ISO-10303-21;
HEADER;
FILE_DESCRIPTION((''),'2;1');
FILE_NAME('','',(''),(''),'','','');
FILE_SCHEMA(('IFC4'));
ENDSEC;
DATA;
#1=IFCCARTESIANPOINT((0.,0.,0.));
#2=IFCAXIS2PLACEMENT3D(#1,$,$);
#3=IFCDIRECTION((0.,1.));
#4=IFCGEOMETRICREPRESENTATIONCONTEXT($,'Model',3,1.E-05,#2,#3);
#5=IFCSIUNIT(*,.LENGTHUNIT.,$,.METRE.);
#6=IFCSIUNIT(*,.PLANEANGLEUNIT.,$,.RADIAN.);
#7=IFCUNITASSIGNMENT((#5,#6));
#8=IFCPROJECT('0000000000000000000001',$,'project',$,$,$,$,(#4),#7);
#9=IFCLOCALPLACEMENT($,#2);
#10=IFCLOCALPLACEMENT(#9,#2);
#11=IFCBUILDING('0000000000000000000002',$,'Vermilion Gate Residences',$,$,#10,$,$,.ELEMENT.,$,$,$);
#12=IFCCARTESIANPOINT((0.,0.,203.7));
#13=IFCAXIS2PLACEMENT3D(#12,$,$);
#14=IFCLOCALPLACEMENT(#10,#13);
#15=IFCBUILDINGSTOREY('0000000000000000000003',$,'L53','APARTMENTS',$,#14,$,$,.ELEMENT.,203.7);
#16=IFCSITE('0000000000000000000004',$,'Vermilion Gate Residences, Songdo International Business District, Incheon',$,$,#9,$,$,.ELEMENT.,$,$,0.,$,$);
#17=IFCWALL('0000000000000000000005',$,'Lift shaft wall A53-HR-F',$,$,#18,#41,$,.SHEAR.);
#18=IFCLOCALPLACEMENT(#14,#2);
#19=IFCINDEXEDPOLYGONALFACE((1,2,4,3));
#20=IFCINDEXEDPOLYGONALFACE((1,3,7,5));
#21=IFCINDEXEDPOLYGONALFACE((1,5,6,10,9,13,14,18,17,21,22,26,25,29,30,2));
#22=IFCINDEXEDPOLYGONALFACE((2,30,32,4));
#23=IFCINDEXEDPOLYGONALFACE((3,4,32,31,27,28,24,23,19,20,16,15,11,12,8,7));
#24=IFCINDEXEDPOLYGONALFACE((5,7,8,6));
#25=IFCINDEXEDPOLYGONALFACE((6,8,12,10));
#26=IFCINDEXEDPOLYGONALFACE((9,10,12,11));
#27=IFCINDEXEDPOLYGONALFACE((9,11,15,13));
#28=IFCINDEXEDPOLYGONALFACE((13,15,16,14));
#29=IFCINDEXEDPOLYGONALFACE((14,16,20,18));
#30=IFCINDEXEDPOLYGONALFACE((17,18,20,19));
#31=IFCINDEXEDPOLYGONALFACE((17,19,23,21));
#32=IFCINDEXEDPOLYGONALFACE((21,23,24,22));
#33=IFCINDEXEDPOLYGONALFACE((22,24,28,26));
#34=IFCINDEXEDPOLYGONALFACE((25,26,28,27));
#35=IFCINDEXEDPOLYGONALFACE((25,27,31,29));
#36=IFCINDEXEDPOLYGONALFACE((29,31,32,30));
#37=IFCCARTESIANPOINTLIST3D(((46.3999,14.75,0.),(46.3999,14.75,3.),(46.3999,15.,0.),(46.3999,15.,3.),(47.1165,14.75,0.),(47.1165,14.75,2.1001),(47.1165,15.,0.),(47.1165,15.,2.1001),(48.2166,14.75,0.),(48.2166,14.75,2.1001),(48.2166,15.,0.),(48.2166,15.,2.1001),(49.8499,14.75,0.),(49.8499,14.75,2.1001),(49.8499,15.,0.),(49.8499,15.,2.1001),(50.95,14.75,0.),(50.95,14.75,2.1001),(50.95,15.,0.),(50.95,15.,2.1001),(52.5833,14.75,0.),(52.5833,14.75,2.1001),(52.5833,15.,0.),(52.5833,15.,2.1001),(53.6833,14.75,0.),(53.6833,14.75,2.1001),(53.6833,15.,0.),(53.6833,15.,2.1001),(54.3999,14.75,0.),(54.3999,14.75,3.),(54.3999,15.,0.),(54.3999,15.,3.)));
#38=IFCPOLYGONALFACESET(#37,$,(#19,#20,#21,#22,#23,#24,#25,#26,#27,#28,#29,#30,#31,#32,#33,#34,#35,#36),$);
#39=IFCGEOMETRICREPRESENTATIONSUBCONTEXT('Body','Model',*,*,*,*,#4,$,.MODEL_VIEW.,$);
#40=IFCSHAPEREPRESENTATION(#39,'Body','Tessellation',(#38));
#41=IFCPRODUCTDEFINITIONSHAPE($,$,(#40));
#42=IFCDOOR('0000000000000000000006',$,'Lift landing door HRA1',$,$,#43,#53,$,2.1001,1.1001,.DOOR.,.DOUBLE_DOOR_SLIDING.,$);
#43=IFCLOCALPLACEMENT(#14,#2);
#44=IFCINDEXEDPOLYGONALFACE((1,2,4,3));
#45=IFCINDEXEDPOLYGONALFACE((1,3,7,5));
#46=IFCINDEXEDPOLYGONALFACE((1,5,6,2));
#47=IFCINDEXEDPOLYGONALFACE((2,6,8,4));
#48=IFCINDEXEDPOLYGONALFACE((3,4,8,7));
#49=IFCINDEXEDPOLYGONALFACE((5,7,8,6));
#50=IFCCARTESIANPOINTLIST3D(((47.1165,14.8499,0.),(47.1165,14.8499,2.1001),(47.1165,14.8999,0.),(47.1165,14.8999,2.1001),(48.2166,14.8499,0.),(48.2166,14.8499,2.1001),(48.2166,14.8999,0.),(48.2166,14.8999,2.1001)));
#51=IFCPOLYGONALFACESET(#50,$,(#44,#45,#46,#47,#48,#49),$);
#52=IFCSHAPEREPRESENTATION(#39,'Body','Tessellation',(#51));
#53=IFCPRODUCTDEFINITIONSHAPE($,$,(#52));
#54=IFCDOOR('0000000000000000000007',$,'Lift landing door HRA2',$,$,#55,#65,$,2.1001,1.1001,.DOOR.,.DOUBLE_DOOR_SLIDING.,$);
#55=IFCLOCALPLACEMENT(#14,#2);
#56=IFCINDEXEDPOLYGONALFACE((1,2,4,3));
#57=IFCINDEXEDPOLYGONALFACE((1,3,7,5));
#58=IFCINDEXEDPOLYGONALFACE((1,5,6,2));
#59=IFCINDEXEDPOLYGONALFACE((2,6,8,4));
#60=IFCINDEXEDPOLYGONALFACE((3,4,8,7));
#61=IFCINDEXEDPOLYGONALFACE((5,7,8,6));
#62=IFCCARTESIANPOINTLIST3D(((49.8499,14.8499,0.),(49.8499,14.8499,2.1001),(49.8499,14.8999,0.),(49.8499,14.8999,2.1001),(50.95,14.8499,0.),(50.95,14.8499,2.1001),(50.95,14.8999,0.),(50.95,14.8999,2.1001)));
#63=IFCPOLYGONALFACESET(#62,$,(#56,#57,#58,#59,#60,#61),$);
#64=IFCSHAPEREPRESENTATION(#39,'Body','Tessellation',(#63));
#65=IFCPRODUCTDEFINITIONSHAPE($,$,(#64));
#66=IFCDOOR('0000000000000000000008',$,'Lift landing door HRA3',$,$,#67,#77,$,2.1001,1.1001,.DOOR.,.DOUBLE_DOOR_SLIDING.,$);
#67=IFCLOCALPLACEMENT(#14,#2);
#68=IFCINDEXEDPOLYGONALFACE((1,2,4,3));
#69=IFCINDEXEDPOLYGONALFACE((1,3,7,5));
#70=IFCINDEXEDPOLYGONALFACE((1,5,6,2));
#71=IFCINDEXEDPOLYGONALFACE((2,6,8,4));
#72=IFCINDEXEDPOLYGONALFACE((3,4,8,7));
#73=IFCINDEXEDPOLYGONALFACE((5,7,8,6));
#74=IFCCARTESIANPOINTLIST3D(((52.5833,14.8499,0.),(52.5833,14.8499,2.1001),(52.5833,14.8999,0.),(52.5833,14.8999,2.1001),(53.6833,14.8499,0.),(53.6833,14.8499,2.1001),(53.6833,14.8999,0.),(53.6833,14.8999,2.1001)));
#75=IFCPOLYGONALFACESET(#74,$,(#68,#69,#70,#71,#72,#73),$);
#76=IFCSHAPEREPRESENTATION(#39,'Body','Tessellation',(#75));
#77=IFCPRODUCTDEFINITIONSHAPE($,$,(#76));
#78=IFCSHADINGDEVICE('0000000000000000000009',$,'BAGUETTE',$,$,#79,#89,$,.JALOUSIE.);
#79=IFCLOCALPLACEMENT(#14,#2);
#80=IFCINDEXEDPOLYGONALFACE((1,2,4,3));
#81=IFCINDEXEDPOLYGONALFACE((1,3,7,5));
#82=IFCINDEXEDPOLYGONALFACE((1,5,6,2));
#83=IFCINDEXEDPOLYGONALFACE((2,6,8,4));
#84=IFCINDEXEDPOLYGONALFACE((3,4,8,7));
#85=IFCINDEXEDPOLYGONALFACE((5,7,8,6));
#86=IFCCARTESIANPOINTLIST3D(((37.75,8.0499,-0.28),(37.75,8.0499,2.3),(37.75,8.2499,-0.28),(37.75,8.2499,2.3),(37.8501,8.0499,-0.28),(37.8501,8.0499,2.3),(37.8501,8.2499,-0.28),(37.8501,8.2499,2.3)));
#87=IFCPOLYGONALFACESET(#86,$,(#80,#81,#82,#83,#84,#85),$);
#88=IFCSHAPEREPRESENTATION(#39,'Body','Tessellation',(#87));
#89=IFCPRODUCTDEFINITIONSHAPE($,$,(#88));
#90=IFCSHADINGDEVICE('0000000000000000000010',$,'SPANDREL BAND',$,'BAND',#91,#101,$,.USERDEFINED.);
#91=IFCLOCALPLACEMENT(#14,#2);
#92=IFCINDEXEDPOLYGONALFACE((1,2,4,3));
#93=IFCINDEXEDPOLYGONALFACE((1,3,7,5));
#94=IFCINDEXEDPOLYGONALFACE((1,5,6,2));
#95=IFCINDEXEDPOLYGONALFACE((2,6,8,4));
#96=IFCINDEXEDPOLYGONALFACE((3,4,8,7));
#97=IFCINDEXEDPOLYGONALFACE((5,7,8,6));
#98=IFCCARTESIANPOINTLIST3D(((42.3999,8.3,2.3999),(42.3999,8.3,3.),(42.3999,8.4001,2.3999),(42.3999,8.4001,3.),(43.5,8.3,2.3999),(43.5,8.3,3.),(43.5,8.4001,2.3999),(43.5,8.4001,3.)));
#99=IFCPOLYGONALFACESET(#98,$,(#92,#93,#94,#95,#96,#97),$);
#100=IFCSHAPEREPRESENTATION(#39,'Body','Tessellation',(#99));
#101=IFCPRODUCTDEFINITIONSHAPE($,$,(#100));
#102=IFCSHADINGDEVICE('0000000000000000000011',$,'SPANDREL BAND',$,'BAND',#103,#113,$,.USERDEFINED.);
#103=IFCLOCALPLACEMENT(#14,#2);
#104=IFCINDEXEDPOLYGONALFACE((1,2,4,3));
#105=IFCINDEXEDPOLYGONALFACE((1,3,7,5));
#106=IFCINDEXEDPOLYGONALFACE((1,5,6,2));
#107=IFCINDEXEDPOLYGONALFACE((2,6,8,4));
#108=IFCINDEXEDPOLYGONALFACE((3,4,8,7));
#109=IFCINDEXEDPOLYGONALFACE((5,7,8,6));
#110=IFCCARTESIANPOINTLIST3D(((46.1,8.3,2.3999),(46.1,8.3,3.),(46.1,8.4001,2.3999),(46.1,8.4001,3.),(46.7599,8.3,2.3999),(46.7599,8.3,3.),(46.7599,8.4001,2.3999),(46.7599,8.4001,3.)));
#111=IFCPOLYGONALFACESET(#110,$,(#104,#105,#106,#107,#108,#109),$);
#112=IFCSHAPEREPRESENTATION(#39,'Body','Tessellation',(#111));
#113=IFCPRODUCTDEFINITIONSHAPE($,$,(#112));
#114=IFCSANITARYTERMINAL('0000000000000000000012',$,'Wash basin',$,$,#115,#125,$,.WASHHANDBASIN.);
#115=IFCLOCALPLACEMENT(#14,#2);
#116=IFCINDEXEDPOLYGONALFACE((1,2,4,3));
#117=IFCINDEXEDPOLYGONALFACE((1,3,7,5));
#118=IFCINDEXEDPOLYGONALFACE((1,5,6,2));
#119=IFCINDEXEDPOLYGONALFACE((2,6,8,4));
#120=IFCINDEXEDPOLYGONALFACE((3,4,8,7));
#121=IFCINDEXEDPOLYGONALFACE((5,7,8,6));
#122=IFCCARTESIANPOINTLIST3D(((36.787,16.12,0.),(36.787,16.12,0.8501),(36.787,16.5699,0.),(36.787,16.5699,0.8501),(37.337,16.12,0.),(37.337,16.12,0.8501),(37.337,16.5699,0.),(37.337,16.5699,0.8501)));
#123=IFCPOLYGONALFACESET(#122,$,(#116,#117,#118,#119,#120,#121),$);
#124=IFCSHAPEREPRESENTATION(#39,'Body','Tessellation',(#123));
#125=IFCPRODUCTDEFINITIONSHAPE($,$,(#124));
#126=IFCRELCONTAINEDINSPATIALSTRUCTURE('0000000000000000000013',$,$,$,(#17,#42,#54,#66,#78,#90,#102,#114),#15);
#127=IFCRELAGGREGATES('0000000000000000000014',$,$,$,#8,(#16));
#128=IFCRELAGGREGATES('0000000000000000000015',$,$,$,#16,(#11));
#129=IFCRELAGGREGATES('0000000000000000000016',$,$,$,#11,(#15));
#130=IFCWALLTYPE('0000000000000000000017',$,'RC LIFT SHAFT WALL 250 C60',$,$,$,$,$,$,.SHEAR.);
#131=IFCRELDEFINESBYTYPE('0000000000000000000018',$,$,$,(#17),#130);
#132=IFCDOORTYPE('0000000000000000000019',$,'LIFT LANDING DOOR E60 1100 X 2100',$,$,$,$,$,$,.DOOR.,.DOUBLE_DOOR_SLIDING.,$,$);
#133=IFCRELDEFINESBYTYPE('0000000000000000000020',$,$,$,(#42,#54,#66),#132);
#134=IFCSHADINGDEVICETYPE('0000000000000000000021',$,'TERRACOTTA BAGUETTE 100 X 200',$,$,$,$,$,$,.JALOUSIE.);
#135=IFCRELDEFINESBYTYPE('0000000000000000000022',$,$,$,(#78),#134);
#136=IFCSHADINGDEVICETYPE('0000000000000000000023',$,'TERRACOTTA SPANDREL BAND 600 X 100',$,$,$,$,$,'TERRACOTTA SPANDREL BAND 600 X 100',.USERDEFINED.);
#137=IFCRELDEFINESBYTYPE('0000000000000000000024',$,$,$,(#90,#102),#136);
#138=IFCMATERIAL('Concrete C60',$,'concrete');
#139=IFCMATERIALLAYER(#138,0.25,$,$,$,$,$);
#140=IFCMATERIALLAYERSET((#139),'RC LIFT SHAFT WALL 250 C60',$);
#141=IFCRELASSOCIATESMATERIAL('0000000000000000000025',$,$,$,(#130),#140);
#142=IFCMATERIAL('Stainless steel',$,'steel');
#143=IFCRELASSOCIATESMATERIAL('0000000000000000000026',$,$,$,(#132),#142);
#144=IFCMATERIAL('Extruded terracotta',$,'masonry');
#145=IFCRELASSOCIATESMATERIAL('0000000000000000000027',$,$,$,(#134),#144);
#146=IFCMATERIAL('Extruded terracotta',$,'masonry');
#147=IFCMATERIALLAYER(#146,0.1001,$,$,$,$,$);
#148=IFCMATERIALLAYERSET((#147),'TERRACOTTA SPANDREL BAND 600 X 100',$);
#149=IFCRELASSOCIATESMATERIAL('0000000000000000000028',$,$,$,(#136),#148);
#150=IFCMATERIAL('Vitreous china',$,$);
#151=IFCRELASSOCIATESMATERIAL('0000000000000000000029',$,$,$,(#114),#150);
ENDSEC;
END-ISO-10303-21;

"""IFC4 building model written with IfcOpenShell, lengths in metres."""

from ifc_helpers import new_model, si_unit, direction, frame, frame_2d, origin, origin_2d, place, context, subcontext, project, spatial, rectangle, extrude, material, layer, layer_set, material_profile, profile_set, type_object, element, fill, save


model = new_model("IFC4")

# Units and contexts
model_context = context("Model", 3, precision=1e-05, world=origin(), true_north=direction((0.0, 1.0)))
body_context = subcontext(model_context, "Body", "Model", "MODEL_VIEW")
ifc_project = project(units=[si_unit("LENGTHUNIT", "METRE"), si_unit("PLANEANGLEUNIT", "RADIAN")], contexts=[model_context])

# Site, building, storey
site_placement = place(None, origin())
site = spatial("IfcSite", under=ifc_project, at=site_placement, Name="Vermilion Gate Residences, Songdo International Business District, Incheon", CompositionType="ELEMENT", RefElevation=0.0)
building_placement = place(site_placement, origin())
building = spatial("IfcBuilding", under=site, at=building_placement, Name="Vermilion Gate Residences", CompositionType="ELEMENT")
storey_placement = place(building_placement, frame((0.0, 0.0, 203.7)))
storey = spatial("IfcBuildingStorey", under=building, at=storey_placement, Name="L53", Description="APARTMENTS", CompositionType="ELEMENT", Elevation=203.7)

# Wall, openings, doors
ifc_material_1 = material(Name="Concrete C60", Category="concrete")
ifc_layer_1 = layer(ifc_material_1, 0.25)
ifc_layer_set_1 = layer_set([ifc_layer_1], Name="RC LIFT SHAFT WALL 250 C60")
wall_type_1 = type_object("IfcWallType", Name="RC LIFT SHAFT WALL 250 C60", PredefinedType="SHEAR", material=ifc_layer_set_1)
wall_1_placement = place(storey_placement, frame((46.3999, 14.875, 0.0), z_axis=(0.0, 0.0, 1.0), x_axis=(1.0, 0.0, 0.0)))
wall_1 = element("IfcWall", 1, at=wall_1_placement, inside=storey, type_object=wall_type_1, Name="Lift shaft wall A53-HR-F", PredefinedType="SHEAR", context=body_context, shape_type="SweptSolid", body=[
    extrude(rectangle(XDim=8.0, YDim=0.25, at=frame_2d((4.0, 0.0))), origin(), (0.0, 0.0, 1.0), 3.0),
])
opening_1_placement = place(wall_1_placement, frame((0.7166, 0.0, 0.0)))
opening_1 = element("IfcOpeningElement", 2, at=opening_1_placement, cuts=wall_1, PredefinedType="OPENING", context=body_context, shape_type="SweptSolid", body=[
    extrude(rectangle(XDim=1.1001, YDim=2.1001, at=frame_2d((0.55, 1.05))), frame((0.0, 0.135, 0.0), z_axis=(0.0, -1.0, 0.0), x_axis=(1.0, 0.0, 0.0)), (0.0, 0.0, 1.0), 0.27),
])
opening_2_placement = place(wall_1_placement, frame((3.45, 0.0, 0.0)))
opening_2 = element("IfcOpeningElement", 3, at=opening_2_placement, cuts=wall_1, PredefinedType="OPENING", context=body_context, shape_type="SweptSolid", body=[
    extrude(rectangle(XDim=1.1001, YDim=2.1001, at=frame_2d((0.55, 1.05))), frame((0.0, 0.135, 0.0), z_axis=(0.0, -1.0, 0.0), x_axis=(1.0, 0.0, 0.0)), (0.0, 0.0, 1.0), 0.27),
])
opening_3_placement = place(wall_1_placement, frame((6.1833, 0.0, 0.0)))
opening_3 = element("IfcOpeningElement", 4, at=opening_3_placement, cuts=wall_1, PredefinedType="OPENING", context=body_context, shape_type="SweptSolid", body=[
    extrude(rectangle(XDim=1.1001, YDim=2.1001, at=frame_2d((0.55, 1.05))), frame((0.0, 0.135, 0.0), z_axis=(0.0, -1.0, 0.0), x_axis=(1.0, 0.0, 0.0)), (0.0, 0.0, 1.0), 0.27),
])
ifc_material_2 = material(Name="Stainless steel", Category="steel")
door_type_1 = type_object("IfcDoorType", Name="LIFT LANDING DOOR E60 1100 X 2100", OperationType="DOUBLE_DOOR_SLIDING", PredefinedType="DOOR", material=ifc_material_2)
door_1_placement = place(opening_1_placement, origin())
door_1 = element("IfcDoor", 5, at=door_1_placement, inside=storey, type_object=door_type_1, Name="Lift landing door HRA1", OperationType="DOUBLE_DOOR_SLIDING", OverallHeight=2.1001, OverallWidth=1.1001, PredefinedType="DOOR", context=body_context, shape_type="SweptSolid", body=[
    extrude(rectangle(XDim=1.1001, YDim=2.1001, at=frame_2d((0.55, 1.05))), frame((0.0, 0.0249, 0.0), z_axis=(0.0, -1.0, 0.0), x_axis=(1.0, 0.0, 0.0)), (0.0, 0.0, 1.0), 0.05),
])
fill(opening_1, door_1)
door_2_placement = place(opening_2_placement, origin())
door_2 = element("IfcDoor", 6, at=door_2_placement, inside=storey, type_object=door_type_1, Name="Lift landing door HRA2", OperationType="DOUBLE_DOOR_SLIDING", OverallHeight=2.1001, OverallWidth=1.1001, PredefinedType="DOOR", context=body_context, shape_type="SweptSolid", body=[
    extrude(rectangle(XDim=1.1001, YDim=2.1001, at=frame_2d((0.55, 1.05))), frame((0.0, 0.0249, 0.0), z_axis=(0.0, -1.0, 0.0), x_axis=(1.0, 0.0, 0.0)), (0.0, 0.0, 1.0), 0.05),
])
fill(opening_2, door_2)
door_3_placement = place(opening_3_placement, origin())
door_3 = element("IfcDoor", 7, at=door_3_placement, inside=storey, type_object=door_type_1, Name="Lift landing door HRA3", OperationType="DOUBLE_DOOR_SLIDING", OverallHeight=2.1001, OverallWidth=1.1001, PredefinedType="DOOR", context=body_context, shape_type="SweptSolid", body=[
    extrude(rectangle(XDim=1.1001, YDim=2.1001, at=frame_2d((0.55, 1.05))), frame((0.0, 0.0249, 0.0), z_axis=(0.0, -1.0, 0.0), x_axis=(1.0, 0.0, 0.0)), (0.0, 0.0, 1.0), 0.05),
])
fill(opening_3, door_3)

# Shading devices
ifc_material_3 = material(Name="Extruded terracotta", Category="masonry")
ifc_material_profile_1 = material_profile(ifc_material_3, rectangle(XDim=0.2, YDim=0.1001, at=origin_2d()), Name="BAGUETTE 100 X 200")
ifc_profile_set_1 = profile_set([ifc_material_profile_1], Name="Extruded terracotta")
shading_device_type_1 = type_object("IfcShadingDeviceType", Name="TERRACOTTA BAGUETTE 100 X 200", PredefinedType="JALOUSIE", material=ifc_profile_set_1)
shading_device_1_placement = place(storey_placement, frame((37.8, 8.1499, -0.28), z_axis=(0.0, 0.0, 1.0), x_axis=(0.0, 1.0, 0.0)))
element("IfcShadingDevice", 8, at=shading_device_1_placement, inside=storey, type_object=shading_device_type_1, Name="BAGUETTE", PredefinedType="JALOUSIE", context=body_context, shape_type="SweptSolid", body=[
    extrude(rectangle(XDim=0.2, YDim=0.1001, at=origin_2d()), origin(), (0.0, 0.0, 1.0), 2.5801),
])
ifc_material_4 = material(Name="Extruded terracotta", Category="masonry")
ifc_layer_2 = layer(ifc_material_4, 0.1001)
ifc_layer_set_2 = layer_set([ifc_layer_2], Name="TERRACOTTA SPANDREL BAND 600 X 100")
shading_device_type_2 = type_object("IfcShadingDeviceType", Name="TERRACOTTA SPANDREL BAND 600 X 100", ElementType="TERRACOTTA SPANDREL BAND 600 X 100", PredefinedType="USERDEFINED", material=ifc_layer_set_2)
shading_device_2_placement = place(storey_placement, frame((42.95, 8.3501, 2.3999), z_axis=(0.0, 0.0, 1.0), x_axis=(1.0, 0.0, 0.0)))
element("IfcShadingDevice", 9, at=shading_device_2_placement, inside=storey, type_object=shading_device_type_2, Name="SPANDREL BAND", ObjectType="BAND", PredefinedType="USERDEFINED", context=body_context, shape_type="SweptSolid", body=[
    extrude(rectangle(XDim=1.1001, YDim=0.1001, at=origin_2d()), origin(), (0.0, 0.0, 1.0), 0.6001),
])
shading_device_3_placement = place(storey_placement, frame((46.4299, 8.3501, 2.3999), z_axis=(0.0, 0.0, 1.0), x_axis=(1.0, 0.0, 0.0)))
element("IfcShadingDevice", 10, at=shading_device_3_placement, inside=storey, type_object=shading_device_type_2, Name="SPANDREL BAND", ObjectType="BAND", PredefinedType="USERDEFINED", context=body_context, shape_type="SweptSolid", body=[
    extrude(rectangle(XDim=0.6599, YDim=0.1001, at=origin_2d()), origin(), (0.0, 0.0, 1.0), 0.6001),
])

# Sanitary terminal
ifc_material_5 = material(Name="Vitreous china")
sanitary_terminal_placement = place(storey_placement, frame((37.062, 16.345, 0.0), z_axis=(0.0, 0.0, 1.0), x_axis=(1.0, 0.0, 0.0)))
element("IfcSanitaryTerminal", 11, at=sanitary_terminal_placement, inside=storey, material=ifc_material_5, Name="Wash basin", PredefinedType="WASHHANDBASIN", context=body_context, shape_type="SweptSolid", body=[
    extrude(rectangle(XDim=0.55, YDim=0.45, at=origin_2d()), origin(), (0.0, 0.0, 1.0), 0.8501),
])

save(model, "model.ifc")
